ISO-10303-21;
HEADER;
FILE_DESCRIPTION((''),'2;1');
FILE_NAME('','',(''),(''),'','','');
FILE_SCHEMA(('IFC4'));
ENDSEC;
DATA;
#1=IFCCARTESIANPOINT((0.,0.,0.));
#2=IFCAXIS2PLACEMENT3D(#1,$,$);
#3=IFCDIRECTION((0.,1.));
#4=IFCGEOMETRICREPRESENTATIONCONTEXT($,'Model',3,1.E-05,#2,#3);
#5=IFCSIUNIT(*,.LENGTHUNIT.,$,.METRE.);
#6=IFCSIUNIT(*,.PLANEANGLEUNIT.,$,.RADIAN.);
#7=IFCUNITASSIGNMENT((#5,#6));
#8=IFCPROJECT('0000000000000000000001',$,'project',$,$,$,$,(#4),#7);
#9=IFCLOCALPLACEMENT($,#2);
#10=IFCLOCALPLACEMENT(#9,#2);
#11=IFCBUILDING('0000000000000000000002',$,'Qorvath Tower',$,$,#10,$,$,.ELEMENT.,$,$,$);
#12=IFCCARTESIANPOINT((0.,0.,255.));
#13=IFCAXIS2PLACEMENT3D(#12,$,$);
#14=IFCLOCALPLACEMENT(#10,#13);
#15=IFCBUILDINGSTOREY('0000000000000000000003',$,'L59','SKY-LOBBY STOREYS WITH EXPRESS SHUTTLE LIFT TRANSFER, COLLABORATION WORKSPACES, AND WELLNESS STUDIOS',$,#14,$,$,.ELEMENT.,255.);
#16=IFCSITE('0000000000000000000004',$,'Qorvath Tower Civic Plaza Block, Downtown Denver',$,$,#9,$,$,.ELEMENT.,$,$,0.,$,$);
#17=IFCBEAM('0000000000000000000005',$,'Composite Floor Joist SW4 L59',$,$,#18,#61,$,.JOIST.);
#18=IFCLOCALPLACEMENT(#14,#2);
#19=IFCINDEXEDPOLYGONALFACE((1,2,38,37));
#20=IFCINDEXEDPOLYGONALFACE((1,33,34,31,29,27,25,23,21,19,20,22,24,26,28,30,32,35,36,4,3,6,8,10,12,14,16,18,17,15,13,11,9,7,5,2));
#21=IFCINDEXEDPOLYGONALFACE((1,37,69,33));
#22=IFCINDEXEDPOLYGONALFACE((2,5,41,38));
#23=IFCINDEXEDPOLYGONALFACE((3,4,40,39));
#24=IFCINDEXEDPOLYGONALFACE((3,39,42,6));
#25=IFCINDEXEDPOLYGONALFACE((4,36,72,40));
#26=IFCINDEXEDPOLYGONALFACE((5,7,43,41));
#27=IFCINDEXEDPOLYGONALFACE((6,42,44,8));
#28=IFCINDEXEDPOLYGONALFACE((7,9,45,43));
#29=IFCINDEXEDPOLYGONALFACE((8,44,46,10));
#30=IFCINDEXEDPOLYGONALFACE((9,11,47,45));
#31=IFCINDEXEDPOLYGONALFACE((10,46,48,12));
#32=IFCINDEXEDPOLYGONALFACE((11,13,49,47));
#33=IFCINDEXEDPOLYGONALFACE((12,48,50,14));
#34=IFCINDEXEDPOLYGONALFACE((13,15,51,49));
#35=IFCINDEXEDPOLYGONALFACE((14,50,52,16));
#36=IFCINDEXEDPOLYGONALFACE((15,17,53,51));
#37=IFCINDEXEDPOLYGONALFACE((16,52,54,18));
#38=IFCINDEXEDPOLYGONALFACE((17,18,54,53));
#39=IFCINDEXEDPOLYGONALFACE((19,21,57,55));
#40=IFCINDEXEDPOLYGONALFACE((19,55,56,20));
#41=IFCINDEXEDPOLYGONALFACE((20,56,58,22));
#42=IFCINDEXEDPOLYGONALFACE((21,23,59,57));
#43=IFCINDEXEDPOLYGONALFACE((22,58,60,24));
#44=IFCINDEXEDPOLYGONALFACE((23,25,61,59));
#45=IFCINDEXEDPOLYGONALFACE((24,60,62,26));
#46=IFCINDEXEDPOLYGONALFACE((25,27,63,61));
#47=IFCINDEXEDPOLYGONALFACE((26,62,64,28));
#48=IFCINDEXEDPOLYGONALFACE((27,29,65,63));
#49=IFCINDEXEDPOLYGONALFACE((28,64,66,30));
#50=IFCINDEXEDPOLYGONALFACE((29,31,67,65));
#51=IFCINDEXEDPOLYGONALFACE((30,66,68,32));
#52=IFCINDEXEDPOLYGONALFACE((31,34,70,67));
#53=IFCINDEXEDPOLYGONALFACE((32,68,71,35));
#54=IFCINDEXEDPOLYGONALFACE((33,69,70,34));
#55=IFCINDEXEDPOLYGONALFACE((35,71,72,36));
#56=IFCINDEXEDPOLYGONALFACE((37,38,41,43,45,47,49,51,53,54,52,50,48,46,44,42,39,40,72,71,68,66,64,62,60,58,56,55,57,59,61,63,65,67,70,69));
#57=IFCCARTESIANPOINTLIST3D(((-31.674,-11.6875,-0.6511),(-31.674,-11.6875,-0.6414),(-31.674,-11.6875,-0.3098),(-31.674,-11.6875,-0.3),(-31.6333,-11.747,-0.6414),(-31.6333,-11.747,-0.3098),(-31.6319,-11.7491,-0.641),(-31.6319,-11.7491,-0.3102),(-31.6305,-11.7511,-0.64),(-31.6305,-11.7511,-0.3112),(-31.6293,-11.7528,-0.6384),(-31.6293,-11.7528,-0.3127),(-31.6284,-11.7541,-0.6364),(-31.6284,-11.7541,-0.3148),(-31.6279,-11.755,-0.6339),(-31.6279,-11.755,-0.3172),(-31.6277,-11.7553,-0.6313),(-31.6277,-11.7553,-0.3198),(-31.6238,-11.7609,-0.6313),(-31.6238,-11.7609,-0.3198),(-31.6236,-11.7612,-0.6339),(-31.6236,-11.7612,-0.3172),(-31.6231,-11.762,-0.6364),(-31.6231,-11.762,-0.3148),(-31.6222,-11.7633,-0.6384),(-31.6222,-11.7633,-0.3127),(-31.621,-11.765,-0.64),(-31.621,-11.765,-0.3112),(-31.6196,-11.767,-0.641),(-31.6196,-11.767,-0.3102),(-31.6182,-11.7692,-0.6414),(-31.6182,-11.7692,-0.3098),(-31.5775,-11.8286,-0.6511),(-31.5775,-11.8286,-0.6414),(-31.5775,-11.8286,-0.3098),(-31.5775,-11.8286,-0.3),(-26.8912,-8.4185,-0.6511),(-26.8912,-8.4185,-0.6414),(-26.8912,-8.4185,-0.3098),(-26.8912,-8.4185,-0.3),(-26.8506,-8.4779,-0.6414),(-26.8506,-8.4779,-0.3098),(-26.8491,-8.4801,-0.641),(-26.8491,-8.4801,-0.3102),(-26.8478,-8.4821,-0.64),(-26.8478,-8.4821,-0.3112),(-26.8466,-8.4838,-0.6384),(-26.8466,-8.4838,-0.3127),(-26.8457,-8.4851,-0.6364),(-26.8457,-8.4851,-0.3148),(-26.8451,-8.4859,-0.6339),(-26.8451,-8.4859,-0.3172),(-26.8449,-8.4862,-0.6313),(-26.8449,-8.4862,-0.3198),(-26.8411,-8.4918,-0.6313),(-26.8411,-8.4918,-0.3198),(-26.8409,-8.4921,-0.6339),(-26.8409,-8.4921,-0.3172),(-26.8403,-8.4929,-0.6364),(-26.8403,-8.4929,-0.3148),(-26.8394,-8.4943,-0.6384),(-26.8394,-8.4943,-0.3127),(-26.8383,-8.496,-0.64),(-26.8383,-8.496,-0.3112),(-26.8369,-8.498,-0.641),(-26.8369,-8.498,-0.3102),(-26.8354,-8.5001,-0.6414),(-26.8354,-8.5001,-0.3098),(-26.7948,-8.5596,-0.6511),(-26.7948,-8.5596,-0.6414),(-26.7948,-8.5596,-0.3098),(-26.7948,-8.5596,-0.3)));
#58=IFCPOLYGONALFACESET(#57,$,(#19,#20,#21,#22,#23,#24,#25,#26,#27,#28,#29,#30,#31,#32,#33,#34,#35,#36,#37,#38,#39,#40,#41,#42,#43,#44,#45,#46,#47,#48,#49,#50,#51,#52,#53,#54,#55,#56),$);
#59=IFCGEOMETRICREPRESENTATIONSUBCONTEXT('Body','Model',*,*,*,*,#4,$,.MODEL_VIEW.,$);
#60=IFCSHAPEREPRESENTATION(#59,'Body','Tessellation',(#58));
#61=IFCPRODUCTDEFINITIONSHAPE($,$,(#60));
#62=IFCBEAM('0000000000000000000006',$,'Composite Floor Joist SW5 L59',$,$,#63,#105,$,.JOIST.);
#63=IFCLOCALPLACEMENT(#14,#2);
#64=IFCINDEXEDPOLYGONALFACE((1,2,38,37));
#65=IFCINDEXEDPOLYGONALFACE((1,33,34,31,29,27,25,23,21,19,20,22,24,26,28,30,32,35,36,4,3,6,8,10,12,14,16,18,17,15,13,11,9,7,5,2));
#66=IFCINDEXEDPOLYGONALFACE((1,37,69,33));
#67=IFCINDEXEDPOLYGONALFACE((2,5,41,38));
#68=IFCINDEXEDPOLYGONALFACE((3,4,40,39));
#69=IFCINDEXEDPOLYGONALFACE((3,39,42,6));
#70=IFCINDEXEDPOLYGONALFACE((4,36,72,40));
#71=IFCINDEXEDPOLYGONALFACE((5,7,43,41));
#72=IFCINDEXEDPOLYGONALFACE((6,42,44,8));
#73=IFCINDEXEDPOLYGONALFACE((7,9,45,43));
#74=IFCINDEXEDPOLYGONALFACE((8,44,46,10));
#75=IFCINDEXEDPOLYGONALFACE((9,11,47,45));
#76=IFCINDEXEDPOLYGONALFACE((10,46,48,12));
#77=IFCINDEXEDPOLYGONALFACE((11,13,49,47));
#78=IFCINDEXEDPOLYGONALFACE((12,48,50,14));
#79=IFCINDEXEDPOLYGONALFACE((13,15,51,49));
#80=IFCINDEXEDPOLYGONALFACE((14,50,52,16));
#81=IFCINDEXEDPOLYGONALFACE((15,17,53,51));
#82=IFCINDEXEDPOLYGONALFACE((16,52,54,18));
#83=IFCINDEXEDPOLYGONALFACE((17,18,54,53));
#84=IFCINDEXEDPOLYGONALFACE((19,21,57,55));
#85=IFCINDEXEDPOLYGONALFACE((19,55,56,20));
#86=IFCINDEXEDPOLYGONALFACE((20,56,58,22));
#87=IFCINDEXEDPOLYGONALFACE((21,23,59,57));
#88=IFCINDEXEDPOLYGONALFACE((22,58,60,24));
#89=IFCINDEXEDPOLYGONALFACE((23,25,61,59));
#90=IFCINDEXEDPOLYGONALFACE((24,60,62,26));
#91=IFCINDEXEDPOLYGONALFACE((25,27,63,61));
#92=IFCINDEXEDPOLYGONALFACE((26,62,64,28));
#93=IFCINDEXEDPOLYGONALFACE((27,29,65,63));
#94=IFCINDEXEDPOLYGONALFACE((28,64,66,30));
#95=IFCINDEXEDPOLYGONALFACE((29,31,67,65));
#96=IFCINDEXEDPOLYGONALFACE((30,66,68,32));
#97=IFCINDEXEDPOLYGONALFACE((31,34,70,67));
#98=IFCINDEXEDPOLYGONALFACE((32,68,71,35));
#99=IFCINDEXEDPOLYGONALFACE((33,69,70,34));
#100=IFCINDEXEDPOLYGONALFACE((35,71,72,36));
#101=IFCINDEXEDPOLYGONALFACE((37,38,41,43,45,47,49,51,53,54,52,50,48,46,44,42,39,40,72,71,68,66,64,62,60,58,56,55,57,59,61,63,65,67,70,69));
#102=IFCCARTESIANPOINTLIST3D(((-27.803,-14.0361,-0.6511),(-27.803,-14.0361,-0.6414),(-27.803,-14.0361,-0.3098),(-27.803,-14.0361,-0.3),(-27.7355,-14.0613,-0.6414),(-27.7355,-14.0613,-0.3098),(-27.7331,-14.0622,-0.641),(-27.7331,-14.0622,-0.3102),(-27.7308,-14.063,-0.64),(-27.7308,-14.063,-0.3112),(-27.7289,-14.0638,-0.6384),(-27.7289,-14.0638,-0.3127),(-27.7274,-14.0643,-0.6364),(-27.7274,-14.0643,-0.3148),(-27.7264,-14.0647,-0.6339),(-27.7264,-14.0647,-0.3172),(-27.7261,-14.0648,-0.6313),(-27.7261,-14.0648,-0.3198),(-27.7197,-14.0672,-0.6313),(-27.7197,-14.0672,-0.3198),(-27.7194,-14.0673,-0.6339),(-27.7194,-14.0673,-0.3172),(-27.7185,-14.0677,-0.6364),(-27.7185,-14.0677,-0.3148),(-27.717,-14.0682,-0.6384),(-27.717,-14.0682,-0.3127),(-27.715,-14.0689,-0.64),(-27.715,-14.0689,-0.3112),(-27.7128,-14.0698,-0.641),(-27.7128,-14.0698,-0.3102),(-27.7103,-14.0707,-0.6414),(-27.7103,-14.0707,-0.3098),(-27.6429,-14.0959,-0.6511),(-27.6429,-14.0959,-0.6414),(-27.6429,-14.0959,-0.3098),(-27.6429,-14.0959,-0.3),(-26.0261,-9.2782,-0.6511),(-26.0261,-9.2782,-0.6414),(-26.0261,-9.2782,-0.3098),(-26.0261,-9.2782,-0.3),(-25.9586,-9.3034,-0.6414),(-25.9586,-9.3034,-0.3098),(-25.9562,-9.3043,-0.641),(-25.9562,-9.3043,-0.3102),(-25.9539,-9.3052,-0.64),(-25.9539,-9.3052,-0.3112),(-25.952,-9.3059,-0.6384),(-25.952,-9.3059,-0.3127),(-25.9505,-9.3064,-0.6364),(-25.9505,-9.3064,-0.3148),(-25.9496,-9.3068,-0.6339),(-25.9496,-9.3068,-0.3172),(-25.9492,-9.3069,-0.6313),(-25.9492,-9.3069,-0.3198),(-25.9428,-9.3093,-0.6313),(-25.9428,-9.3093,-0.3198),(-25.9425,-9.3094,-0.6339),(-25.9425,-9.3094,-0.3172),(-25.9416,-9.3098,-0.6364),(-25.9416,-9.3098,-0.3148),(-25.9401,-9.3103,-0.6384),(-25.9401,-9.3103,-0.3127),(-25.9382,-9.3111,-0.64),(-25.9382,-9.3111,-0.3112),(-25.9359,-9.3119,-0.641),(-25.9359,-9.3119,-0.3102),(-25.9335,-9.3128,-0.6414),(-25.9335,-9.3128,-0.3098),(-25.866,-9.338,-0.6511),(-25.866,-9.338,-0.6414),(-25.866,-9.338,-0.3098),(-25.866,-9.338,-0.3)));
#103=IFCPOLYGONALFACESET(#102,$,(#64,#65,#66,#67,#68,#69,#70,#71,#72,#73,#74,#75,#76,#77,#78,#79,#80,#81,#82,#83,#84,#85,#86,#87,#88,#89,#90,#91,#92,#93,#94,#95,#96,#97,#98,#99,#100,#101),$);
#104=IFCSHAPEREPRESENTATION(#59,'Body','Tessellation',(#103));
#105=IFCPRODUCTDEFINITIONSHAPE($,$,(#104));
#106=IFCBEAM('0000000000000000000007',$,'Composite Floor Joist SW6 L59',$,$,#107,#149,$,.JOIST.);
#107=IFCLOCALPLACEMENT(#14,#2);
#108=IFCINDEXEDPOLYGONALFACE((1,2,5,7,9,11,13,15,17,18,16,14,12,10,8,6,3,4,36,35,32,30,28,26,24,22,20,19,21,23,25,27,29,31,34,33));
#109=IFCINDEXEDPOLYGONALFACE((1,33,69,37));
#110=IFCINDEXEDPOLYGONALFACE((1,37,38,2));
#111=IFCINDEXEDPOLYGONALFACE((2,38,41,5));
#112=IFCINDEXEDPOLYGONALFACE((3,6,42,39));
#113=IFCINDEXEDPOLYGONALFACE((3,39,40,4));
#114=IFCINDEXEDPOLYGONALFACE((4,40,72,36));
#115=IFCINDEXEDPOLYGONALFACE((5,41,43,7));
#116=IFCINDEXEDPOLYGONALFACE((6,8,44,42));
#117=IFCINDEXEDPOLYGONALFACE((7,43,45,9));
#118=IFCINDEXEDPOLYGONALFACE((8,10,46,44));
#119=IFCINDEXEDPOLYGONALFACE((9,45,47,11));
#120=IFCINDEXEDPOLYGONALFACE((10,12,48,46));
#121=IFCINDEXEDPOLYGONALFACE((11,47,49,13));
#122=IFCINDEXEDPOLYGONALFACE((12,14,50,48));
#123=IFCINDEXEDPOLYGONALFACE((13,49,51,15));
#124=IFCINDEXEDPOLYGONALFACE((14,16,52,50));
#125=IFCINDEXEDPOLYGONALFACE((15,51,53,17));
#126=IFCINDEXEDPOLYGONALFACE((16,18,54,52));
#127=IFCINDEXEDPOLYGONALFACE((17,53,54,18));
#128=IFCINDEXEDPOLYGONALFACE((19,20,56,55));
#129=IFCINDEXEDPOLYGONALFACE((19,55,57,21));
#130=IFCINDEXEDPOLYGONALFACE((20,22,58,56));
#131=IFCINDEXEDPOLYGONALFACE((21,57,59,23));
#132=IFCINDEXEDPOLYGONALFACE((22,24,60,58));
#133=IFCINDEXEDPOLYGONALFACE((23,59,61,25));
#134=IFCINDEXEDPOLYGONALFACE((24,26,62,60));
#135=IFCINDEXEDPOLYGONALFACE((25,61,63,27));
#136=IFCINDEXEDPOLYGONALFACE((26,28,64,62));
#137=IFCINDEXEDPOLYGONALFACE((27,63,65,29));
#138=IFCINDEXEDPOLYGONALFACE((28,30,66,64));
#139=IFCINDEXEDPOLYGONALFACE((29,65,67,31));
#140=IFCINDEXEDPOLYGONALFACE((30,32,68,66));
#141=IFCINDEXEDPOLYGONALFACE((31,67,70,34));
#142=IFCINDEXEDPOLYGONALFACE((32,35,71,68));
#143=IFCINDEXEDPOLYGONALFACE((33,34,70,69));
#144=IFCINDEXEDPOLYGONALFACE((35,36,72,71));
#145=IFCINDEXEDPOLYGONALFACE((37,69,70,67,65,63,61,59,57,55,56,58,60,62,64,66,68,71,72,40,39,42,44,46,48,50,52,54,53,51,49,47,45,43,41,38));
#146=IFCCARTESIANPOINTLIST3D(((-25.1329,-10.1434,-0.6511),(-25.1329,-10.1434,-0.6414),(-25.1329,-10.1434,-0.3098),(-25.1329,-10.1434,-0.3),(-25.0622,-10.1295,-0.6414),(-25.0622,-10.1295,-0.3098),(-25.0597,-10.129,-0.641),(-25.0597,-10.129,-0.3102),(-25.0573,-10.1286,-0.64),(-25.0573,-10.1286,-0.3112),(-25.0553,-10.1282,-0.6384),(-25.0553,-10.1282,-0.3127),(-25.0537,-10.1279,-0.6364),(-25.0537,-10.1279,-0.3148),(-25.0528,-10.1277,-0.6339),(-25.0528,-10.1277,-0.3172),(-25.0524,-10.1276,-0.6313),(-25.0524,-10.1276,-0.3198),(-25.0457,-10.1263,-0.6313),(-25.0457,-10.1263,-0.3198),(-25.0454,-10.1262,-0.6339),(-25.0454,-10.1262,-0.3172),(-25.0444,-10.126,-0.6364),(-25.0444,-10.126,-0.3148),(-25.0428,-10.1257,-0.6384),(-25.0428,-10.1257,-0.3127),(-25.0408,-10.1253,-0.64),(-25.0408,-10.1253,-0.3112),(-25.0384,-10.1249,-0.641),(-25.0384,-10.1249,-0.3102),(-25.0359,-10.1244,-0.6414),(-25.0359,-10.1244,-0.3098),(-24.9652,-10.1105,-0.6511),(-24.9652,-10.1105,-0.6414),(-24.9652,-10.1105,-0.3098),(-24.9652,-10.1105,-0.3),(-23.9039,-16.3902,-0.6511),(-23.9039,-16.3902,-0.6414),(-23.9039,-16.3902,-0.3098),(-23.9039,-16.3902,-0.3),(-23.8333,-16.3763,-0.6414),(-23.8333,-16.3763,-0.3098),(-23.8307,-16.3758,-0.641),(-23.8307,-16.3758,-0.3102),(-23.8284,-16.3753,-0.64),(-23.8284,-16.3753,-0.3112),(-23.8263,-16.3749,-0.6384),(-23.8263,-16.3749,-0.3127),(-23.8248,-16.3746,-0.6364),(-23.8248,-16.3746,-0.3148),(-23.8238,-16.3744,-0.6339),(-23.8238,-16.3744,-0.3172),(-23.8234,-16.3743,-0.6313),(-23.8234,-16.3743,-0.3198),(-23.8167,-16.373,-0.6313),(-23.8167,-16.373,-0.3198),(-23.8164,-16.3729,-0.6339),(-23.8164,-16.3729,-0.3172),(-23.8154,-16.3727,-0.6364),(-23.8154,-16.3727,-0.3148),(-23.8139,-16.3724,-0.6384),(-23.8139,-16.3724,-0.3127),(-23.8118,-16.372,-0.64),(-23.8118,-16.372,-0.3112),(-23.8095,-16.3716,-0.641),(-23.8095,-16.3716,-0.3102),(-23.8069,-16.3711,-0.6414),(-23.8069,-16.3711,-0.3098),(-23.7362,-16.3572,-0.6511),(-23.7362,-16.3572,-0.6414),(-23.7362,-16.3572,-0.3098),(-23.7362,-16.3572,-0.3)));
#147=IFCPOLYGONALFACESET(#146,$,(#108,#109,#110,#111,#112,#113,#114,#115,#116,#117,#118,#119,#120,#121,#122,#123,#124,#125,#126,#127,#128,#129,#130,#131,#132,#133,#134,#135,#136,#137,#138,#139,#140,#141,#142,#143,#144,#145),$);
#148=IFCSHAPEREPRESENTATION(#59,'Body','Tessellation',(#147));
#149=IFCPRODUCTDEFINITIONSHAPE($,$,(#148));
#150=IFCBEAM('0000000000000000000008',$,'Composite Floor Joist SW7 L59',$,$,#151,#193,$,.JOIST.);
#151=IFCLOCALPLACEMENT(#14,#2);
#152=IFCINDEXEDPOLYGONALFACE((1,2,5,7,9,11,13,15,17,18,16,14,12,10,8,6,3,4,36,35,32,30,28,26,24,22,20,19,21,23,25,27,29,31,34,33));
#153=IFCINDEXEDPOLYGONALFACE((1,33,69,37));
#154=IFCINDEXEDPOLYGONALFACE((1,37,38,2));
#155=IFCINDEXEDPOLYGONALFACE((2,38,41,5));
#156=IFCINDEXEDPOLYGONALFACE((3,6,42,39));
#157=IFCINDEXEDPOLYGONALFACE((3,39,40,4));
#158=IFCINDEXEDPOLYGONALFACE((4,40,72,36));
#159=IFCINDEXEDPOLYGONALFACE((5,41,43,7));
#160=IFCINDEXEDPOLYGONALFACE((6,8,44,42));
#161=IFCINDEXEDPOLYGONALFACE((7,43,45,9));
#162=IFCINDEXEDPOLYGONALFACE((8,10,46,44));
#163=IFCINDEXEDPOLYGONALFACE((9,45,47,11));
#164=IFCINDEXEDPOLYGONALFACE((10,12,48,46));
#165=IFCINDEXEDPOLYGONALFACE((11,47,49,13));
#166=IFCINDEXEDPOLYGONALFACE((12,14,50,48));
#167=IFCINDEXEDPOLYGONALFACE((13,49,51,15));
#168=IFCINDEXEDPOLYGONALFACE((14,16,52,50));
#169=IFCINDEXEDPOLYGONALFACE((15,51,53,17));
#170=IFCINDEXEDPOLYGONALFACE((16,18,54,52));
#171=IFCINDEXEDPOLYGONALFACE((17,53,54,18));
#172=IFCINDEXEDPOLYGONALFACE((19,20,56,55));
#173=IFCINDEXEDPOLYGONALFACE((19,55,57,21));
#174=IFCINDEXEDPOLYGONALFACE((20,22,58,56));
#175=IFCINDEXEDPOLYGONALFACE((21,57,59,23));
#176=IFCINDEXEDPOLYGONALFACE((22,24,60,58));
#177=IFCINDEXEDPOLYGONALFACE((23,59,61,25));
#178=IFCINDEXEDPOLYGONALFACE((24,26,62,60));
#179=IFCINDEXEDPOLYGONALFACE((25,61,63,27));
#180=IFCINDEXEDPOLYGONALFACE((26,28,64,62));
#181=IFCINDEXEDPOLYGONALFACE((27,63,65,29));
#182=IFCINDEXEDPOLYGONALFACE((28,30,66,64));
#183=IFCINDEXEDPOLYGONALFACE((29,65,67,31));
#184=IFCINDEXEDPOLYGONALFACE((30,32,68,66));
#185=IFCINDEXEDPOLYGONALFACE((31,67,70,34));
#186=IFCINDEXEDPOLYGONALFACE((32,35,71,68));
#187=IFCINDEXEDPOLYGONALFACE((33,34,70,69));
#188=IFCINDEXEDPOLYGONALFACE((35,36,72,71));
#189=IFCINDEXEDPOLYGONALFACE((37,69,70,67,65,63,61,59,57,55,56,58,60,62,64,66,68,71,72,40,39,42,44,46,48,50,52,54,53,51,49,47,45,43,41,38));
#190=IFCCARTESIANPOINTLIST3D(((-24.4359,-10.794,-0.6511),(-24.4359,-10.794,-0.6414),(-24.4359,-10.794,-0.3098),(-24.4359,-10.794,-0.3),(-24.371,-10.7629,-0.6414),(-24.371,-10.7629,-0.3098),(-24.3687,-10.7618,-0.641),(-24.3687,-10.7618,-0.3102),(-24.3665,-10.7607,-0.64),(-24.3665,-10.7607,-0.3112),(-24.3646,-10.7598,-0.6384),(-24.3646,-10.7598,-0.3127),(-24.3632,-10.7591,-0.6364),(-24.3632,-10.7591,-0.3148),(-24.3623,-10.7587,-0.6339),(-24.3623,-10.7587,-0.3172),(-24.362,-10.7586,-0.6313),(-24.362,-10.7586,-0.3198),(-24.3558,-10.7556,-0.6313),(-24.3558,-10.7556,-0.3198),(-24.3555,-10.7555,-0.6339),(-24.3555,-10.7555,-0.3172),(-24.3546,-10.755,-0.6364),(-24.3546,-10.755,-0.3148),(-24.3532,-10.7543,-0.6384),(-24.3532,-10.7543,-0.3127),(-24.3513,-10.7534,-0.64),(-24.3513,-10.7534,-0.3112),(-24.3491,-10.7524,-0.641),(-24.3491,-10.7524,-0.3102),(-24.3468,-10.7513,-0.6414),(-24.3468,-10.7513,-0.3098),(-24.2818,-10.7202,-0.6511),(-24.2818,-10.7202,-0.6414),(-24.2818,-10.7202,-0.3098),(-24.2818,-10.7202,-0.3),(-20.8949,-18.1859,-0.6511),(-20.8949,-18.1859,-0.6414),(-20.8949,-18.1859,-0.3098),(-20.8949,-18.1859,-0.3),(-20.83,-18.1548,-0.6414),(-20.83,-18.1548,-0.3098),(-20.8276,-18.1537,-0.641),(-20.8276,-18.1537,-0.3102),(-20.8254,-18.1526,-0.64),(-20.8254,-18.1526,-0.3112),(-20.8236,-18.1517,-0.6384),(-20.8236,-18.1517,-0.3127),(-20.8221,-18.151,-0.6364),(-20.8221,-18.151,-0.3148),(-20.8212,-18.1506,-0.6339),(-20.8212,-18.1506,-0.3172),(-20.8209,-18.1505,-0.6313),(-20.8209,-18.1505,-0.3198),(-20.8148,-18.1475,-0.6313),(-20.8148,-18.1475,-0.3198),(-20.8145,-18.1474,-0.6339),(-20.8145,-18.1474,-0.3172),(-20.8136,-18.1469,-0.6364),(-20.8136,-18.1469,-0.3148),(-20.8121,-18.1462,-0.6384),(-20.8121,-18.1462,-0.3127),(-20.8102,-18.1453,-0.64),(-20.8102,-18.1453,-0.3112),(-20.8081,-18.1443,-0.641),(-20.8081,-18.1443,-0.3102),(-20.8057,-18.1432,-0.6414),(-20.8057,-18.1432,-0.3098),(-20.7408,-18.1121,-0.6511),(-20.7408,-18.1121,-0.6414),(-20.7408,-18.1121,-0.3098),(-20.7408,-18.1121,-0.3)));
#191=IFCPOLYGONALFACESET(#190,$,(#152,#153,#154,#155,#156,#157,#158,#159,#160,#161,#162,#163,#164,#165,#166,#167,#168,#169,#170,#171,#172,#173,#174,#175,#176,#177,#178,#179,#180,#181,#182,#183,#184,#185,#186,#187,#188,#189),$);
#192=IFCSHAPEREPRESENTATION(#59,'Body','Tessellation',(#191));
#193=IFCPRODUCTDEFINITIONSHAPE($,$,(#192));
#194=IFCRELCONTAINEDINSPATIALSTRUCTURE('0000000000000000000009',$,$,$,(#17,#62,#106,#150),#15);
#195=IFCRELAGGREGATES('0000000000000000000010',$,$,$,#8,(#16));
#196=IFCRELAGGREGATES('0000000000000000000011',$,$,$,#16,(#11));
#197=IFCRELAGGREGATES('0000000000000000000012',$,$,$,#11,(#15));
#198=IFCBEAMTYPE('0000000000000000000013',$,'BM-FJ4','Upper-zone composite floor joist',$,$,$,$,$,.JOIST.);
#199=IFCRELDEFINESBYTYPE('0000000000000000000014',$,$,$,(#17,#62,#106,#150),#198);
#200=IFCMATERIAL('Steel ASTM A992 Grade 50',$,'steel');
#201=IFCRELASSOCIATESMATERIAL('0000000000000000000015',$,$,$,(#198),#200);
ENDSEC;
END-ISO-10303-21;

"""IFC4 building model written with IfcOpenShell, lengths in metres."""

from ifc_helpers import new_model, si_unit, direction, frame, origin, origin_2d, place, context, subcontext, project, spatial, i_section, extrude, material, material_profile, profile_set, type_object, element, save


model = new_model("IFC4")

# Units and contexts
model_context = context("Model", 3, precision=1e-05, world=origin(), true_north=direction((0.0, 1.0)))
body_context = subcontext(model_context, "Body", "Model", "MODEL_VIEW")
ifc_project = project(units=[si_unit("LENGTHUNIT", "METRE"), si_unit("PLANEANGLEUNIT", "RADIAN")], contexts=[model_context])

# Site, building, storey
site_placement = place(None, origin())
site = spatial("IfcSite", under=ifc_project, at=site_placement, Name="Qorvath Tower Civic Plaza Block, Downtown Denver", CompositionType="ELEMENT", RefElevation=0.0)
building_placement = place(site_placement, origin())
building = spatial("IfcBuilding", under=site, at=building_placement, Name="Qorvath Tower", CompositionType="ELEMENT")
storey_placement = place(building_placement, frame((0.0, 0.0, 255.0)))
storey = spatial("IfcBuildingStorey", under=building, at=storey_placement, Name="L59", Description="SKY-LOBBY STOREYS WITH EXPRESS SHUTTLE LIFT TRANSFER, COLLABORATION WORKSPACES, AND WELLNESS STUDIOS", CompositionType="ELEMENT", Elevation=255.0)

# Beams
ifc_material_1 = material(Name="Steel ASTM A992 Grade 50", Category="steel")
ifc_material_profile_1 = material_profile(ifc_material_1, i_section(OverallWidth=0.1709, OverallDepth=0.3511, WebThickness=0.0068, FlangeThickness=0.0098, FilletRadius=0.01, at=origin_2d()), Name="W14x30")
ifc_profile_set_1 = profile_set([ifc_material_profile_1], Name="Steel ASTM A992 Grade 50")
beam_type_1 = type_object("IfcBeamType", Name="BM-FJ4", Description="Upper-zone composite floor joist", PredefinedType="JOIST", material=ifc_profile_set_1)
beam_1_placement = place(storey_placement, frame((-26.843, -8.489, -0.4756), z_axis=(-0.825576, -0.564291, 0.0), x_axis=(0.564291, -0.825576, 0.0)))
element("IfcBeam", 1, at=beam_1_placement, inside=storey, type_object=beam_type_1, Name="Composite Floor Joist SW4 L59", PredefinedType="JOIST", context=body_context, shape_type="SweptSolid", body=[
    extrude(i_section(OverallWidth=0.1709, OverallDepth=0.3511, WebThickness=0.0068, FlangeThickness=0.0098, FilletRadius=0.01, at=origin_2d()), origin(), (0.0, 0.0, 1.0), 5.7932),
])
beam_2_placement = place(storey_placement, frame((-25.946, -9.3081, -0.4756), z_axis=(-0.349859, -0.936802, 0.0), x_axis=(0.936802, -0.349859, 0.0)))
element("IfcBeam", 2, at=beam_2_placement, inside=storey, type_object=beam_type_1, Name="Composite Floor Joist SW5 L59", PredefinedType="JOIST", context=body_context, shape_type="SweptSolid", body=[
    extrude(i_section(OverallWidth=0.1709, OverallDepth=0.3511, WebThickness=0.0068, FlangeThickness=0.0098, FilletRadius=0.01, at=origin_2d()), origin(), (0.0, 0.0, 1.0), 5.0789),
])
beam_3_placement = place(storey_placement, frame((-25.0491, -10.127, -0.4756), z_axis=(0.19304, -0.981191, 0.0), x_axis=(0.981191, 0.19304, 0.0)))
element("IfcBeam", 3, at=beam_3_placement, inside=storey, type_object=beam_type_1, Name="Composite Floor Joist SW6 L59", PredefinedType="JOIST", context=body_context, shape_type="SweptSolid", body=[
    extrude(i_section(OverallWidth=0.1709, OverallDepth=0.3511, WebThickness=0.0068, FlangeThickness=0.0098, FilletRadius=0.01, at=origin_2d()), origin(), (0.0, 0.0, 1.0), 6.3665),
])
beam_4_placement = place(storey_placement, frame((-24.3589, -10.7571, -0.4756), z_axis=(0.43203, -0.901859, 0.0), x_axis=(0.901859, 0.43203, 0.0)))
element("IfcBeam", 4, at=beam_4_placement, inside=storey, type_object=beam_type_1, Name="Composite Floor Joist SW7 L59", PredefinedType="JOIST", context=body_context, shape_type="SweptSolid", body=[
    extrude(i_section(OverallWidth=0.1709, OverallDepth=0.3511, WebThickness=0.0068, FlangeThickness=0.0098, FilletRadius=0.01, at=origin_2d()), origin(), (0.0, 0.0, 1.0), 8.1963),
])

save(model, "model.ifc")
